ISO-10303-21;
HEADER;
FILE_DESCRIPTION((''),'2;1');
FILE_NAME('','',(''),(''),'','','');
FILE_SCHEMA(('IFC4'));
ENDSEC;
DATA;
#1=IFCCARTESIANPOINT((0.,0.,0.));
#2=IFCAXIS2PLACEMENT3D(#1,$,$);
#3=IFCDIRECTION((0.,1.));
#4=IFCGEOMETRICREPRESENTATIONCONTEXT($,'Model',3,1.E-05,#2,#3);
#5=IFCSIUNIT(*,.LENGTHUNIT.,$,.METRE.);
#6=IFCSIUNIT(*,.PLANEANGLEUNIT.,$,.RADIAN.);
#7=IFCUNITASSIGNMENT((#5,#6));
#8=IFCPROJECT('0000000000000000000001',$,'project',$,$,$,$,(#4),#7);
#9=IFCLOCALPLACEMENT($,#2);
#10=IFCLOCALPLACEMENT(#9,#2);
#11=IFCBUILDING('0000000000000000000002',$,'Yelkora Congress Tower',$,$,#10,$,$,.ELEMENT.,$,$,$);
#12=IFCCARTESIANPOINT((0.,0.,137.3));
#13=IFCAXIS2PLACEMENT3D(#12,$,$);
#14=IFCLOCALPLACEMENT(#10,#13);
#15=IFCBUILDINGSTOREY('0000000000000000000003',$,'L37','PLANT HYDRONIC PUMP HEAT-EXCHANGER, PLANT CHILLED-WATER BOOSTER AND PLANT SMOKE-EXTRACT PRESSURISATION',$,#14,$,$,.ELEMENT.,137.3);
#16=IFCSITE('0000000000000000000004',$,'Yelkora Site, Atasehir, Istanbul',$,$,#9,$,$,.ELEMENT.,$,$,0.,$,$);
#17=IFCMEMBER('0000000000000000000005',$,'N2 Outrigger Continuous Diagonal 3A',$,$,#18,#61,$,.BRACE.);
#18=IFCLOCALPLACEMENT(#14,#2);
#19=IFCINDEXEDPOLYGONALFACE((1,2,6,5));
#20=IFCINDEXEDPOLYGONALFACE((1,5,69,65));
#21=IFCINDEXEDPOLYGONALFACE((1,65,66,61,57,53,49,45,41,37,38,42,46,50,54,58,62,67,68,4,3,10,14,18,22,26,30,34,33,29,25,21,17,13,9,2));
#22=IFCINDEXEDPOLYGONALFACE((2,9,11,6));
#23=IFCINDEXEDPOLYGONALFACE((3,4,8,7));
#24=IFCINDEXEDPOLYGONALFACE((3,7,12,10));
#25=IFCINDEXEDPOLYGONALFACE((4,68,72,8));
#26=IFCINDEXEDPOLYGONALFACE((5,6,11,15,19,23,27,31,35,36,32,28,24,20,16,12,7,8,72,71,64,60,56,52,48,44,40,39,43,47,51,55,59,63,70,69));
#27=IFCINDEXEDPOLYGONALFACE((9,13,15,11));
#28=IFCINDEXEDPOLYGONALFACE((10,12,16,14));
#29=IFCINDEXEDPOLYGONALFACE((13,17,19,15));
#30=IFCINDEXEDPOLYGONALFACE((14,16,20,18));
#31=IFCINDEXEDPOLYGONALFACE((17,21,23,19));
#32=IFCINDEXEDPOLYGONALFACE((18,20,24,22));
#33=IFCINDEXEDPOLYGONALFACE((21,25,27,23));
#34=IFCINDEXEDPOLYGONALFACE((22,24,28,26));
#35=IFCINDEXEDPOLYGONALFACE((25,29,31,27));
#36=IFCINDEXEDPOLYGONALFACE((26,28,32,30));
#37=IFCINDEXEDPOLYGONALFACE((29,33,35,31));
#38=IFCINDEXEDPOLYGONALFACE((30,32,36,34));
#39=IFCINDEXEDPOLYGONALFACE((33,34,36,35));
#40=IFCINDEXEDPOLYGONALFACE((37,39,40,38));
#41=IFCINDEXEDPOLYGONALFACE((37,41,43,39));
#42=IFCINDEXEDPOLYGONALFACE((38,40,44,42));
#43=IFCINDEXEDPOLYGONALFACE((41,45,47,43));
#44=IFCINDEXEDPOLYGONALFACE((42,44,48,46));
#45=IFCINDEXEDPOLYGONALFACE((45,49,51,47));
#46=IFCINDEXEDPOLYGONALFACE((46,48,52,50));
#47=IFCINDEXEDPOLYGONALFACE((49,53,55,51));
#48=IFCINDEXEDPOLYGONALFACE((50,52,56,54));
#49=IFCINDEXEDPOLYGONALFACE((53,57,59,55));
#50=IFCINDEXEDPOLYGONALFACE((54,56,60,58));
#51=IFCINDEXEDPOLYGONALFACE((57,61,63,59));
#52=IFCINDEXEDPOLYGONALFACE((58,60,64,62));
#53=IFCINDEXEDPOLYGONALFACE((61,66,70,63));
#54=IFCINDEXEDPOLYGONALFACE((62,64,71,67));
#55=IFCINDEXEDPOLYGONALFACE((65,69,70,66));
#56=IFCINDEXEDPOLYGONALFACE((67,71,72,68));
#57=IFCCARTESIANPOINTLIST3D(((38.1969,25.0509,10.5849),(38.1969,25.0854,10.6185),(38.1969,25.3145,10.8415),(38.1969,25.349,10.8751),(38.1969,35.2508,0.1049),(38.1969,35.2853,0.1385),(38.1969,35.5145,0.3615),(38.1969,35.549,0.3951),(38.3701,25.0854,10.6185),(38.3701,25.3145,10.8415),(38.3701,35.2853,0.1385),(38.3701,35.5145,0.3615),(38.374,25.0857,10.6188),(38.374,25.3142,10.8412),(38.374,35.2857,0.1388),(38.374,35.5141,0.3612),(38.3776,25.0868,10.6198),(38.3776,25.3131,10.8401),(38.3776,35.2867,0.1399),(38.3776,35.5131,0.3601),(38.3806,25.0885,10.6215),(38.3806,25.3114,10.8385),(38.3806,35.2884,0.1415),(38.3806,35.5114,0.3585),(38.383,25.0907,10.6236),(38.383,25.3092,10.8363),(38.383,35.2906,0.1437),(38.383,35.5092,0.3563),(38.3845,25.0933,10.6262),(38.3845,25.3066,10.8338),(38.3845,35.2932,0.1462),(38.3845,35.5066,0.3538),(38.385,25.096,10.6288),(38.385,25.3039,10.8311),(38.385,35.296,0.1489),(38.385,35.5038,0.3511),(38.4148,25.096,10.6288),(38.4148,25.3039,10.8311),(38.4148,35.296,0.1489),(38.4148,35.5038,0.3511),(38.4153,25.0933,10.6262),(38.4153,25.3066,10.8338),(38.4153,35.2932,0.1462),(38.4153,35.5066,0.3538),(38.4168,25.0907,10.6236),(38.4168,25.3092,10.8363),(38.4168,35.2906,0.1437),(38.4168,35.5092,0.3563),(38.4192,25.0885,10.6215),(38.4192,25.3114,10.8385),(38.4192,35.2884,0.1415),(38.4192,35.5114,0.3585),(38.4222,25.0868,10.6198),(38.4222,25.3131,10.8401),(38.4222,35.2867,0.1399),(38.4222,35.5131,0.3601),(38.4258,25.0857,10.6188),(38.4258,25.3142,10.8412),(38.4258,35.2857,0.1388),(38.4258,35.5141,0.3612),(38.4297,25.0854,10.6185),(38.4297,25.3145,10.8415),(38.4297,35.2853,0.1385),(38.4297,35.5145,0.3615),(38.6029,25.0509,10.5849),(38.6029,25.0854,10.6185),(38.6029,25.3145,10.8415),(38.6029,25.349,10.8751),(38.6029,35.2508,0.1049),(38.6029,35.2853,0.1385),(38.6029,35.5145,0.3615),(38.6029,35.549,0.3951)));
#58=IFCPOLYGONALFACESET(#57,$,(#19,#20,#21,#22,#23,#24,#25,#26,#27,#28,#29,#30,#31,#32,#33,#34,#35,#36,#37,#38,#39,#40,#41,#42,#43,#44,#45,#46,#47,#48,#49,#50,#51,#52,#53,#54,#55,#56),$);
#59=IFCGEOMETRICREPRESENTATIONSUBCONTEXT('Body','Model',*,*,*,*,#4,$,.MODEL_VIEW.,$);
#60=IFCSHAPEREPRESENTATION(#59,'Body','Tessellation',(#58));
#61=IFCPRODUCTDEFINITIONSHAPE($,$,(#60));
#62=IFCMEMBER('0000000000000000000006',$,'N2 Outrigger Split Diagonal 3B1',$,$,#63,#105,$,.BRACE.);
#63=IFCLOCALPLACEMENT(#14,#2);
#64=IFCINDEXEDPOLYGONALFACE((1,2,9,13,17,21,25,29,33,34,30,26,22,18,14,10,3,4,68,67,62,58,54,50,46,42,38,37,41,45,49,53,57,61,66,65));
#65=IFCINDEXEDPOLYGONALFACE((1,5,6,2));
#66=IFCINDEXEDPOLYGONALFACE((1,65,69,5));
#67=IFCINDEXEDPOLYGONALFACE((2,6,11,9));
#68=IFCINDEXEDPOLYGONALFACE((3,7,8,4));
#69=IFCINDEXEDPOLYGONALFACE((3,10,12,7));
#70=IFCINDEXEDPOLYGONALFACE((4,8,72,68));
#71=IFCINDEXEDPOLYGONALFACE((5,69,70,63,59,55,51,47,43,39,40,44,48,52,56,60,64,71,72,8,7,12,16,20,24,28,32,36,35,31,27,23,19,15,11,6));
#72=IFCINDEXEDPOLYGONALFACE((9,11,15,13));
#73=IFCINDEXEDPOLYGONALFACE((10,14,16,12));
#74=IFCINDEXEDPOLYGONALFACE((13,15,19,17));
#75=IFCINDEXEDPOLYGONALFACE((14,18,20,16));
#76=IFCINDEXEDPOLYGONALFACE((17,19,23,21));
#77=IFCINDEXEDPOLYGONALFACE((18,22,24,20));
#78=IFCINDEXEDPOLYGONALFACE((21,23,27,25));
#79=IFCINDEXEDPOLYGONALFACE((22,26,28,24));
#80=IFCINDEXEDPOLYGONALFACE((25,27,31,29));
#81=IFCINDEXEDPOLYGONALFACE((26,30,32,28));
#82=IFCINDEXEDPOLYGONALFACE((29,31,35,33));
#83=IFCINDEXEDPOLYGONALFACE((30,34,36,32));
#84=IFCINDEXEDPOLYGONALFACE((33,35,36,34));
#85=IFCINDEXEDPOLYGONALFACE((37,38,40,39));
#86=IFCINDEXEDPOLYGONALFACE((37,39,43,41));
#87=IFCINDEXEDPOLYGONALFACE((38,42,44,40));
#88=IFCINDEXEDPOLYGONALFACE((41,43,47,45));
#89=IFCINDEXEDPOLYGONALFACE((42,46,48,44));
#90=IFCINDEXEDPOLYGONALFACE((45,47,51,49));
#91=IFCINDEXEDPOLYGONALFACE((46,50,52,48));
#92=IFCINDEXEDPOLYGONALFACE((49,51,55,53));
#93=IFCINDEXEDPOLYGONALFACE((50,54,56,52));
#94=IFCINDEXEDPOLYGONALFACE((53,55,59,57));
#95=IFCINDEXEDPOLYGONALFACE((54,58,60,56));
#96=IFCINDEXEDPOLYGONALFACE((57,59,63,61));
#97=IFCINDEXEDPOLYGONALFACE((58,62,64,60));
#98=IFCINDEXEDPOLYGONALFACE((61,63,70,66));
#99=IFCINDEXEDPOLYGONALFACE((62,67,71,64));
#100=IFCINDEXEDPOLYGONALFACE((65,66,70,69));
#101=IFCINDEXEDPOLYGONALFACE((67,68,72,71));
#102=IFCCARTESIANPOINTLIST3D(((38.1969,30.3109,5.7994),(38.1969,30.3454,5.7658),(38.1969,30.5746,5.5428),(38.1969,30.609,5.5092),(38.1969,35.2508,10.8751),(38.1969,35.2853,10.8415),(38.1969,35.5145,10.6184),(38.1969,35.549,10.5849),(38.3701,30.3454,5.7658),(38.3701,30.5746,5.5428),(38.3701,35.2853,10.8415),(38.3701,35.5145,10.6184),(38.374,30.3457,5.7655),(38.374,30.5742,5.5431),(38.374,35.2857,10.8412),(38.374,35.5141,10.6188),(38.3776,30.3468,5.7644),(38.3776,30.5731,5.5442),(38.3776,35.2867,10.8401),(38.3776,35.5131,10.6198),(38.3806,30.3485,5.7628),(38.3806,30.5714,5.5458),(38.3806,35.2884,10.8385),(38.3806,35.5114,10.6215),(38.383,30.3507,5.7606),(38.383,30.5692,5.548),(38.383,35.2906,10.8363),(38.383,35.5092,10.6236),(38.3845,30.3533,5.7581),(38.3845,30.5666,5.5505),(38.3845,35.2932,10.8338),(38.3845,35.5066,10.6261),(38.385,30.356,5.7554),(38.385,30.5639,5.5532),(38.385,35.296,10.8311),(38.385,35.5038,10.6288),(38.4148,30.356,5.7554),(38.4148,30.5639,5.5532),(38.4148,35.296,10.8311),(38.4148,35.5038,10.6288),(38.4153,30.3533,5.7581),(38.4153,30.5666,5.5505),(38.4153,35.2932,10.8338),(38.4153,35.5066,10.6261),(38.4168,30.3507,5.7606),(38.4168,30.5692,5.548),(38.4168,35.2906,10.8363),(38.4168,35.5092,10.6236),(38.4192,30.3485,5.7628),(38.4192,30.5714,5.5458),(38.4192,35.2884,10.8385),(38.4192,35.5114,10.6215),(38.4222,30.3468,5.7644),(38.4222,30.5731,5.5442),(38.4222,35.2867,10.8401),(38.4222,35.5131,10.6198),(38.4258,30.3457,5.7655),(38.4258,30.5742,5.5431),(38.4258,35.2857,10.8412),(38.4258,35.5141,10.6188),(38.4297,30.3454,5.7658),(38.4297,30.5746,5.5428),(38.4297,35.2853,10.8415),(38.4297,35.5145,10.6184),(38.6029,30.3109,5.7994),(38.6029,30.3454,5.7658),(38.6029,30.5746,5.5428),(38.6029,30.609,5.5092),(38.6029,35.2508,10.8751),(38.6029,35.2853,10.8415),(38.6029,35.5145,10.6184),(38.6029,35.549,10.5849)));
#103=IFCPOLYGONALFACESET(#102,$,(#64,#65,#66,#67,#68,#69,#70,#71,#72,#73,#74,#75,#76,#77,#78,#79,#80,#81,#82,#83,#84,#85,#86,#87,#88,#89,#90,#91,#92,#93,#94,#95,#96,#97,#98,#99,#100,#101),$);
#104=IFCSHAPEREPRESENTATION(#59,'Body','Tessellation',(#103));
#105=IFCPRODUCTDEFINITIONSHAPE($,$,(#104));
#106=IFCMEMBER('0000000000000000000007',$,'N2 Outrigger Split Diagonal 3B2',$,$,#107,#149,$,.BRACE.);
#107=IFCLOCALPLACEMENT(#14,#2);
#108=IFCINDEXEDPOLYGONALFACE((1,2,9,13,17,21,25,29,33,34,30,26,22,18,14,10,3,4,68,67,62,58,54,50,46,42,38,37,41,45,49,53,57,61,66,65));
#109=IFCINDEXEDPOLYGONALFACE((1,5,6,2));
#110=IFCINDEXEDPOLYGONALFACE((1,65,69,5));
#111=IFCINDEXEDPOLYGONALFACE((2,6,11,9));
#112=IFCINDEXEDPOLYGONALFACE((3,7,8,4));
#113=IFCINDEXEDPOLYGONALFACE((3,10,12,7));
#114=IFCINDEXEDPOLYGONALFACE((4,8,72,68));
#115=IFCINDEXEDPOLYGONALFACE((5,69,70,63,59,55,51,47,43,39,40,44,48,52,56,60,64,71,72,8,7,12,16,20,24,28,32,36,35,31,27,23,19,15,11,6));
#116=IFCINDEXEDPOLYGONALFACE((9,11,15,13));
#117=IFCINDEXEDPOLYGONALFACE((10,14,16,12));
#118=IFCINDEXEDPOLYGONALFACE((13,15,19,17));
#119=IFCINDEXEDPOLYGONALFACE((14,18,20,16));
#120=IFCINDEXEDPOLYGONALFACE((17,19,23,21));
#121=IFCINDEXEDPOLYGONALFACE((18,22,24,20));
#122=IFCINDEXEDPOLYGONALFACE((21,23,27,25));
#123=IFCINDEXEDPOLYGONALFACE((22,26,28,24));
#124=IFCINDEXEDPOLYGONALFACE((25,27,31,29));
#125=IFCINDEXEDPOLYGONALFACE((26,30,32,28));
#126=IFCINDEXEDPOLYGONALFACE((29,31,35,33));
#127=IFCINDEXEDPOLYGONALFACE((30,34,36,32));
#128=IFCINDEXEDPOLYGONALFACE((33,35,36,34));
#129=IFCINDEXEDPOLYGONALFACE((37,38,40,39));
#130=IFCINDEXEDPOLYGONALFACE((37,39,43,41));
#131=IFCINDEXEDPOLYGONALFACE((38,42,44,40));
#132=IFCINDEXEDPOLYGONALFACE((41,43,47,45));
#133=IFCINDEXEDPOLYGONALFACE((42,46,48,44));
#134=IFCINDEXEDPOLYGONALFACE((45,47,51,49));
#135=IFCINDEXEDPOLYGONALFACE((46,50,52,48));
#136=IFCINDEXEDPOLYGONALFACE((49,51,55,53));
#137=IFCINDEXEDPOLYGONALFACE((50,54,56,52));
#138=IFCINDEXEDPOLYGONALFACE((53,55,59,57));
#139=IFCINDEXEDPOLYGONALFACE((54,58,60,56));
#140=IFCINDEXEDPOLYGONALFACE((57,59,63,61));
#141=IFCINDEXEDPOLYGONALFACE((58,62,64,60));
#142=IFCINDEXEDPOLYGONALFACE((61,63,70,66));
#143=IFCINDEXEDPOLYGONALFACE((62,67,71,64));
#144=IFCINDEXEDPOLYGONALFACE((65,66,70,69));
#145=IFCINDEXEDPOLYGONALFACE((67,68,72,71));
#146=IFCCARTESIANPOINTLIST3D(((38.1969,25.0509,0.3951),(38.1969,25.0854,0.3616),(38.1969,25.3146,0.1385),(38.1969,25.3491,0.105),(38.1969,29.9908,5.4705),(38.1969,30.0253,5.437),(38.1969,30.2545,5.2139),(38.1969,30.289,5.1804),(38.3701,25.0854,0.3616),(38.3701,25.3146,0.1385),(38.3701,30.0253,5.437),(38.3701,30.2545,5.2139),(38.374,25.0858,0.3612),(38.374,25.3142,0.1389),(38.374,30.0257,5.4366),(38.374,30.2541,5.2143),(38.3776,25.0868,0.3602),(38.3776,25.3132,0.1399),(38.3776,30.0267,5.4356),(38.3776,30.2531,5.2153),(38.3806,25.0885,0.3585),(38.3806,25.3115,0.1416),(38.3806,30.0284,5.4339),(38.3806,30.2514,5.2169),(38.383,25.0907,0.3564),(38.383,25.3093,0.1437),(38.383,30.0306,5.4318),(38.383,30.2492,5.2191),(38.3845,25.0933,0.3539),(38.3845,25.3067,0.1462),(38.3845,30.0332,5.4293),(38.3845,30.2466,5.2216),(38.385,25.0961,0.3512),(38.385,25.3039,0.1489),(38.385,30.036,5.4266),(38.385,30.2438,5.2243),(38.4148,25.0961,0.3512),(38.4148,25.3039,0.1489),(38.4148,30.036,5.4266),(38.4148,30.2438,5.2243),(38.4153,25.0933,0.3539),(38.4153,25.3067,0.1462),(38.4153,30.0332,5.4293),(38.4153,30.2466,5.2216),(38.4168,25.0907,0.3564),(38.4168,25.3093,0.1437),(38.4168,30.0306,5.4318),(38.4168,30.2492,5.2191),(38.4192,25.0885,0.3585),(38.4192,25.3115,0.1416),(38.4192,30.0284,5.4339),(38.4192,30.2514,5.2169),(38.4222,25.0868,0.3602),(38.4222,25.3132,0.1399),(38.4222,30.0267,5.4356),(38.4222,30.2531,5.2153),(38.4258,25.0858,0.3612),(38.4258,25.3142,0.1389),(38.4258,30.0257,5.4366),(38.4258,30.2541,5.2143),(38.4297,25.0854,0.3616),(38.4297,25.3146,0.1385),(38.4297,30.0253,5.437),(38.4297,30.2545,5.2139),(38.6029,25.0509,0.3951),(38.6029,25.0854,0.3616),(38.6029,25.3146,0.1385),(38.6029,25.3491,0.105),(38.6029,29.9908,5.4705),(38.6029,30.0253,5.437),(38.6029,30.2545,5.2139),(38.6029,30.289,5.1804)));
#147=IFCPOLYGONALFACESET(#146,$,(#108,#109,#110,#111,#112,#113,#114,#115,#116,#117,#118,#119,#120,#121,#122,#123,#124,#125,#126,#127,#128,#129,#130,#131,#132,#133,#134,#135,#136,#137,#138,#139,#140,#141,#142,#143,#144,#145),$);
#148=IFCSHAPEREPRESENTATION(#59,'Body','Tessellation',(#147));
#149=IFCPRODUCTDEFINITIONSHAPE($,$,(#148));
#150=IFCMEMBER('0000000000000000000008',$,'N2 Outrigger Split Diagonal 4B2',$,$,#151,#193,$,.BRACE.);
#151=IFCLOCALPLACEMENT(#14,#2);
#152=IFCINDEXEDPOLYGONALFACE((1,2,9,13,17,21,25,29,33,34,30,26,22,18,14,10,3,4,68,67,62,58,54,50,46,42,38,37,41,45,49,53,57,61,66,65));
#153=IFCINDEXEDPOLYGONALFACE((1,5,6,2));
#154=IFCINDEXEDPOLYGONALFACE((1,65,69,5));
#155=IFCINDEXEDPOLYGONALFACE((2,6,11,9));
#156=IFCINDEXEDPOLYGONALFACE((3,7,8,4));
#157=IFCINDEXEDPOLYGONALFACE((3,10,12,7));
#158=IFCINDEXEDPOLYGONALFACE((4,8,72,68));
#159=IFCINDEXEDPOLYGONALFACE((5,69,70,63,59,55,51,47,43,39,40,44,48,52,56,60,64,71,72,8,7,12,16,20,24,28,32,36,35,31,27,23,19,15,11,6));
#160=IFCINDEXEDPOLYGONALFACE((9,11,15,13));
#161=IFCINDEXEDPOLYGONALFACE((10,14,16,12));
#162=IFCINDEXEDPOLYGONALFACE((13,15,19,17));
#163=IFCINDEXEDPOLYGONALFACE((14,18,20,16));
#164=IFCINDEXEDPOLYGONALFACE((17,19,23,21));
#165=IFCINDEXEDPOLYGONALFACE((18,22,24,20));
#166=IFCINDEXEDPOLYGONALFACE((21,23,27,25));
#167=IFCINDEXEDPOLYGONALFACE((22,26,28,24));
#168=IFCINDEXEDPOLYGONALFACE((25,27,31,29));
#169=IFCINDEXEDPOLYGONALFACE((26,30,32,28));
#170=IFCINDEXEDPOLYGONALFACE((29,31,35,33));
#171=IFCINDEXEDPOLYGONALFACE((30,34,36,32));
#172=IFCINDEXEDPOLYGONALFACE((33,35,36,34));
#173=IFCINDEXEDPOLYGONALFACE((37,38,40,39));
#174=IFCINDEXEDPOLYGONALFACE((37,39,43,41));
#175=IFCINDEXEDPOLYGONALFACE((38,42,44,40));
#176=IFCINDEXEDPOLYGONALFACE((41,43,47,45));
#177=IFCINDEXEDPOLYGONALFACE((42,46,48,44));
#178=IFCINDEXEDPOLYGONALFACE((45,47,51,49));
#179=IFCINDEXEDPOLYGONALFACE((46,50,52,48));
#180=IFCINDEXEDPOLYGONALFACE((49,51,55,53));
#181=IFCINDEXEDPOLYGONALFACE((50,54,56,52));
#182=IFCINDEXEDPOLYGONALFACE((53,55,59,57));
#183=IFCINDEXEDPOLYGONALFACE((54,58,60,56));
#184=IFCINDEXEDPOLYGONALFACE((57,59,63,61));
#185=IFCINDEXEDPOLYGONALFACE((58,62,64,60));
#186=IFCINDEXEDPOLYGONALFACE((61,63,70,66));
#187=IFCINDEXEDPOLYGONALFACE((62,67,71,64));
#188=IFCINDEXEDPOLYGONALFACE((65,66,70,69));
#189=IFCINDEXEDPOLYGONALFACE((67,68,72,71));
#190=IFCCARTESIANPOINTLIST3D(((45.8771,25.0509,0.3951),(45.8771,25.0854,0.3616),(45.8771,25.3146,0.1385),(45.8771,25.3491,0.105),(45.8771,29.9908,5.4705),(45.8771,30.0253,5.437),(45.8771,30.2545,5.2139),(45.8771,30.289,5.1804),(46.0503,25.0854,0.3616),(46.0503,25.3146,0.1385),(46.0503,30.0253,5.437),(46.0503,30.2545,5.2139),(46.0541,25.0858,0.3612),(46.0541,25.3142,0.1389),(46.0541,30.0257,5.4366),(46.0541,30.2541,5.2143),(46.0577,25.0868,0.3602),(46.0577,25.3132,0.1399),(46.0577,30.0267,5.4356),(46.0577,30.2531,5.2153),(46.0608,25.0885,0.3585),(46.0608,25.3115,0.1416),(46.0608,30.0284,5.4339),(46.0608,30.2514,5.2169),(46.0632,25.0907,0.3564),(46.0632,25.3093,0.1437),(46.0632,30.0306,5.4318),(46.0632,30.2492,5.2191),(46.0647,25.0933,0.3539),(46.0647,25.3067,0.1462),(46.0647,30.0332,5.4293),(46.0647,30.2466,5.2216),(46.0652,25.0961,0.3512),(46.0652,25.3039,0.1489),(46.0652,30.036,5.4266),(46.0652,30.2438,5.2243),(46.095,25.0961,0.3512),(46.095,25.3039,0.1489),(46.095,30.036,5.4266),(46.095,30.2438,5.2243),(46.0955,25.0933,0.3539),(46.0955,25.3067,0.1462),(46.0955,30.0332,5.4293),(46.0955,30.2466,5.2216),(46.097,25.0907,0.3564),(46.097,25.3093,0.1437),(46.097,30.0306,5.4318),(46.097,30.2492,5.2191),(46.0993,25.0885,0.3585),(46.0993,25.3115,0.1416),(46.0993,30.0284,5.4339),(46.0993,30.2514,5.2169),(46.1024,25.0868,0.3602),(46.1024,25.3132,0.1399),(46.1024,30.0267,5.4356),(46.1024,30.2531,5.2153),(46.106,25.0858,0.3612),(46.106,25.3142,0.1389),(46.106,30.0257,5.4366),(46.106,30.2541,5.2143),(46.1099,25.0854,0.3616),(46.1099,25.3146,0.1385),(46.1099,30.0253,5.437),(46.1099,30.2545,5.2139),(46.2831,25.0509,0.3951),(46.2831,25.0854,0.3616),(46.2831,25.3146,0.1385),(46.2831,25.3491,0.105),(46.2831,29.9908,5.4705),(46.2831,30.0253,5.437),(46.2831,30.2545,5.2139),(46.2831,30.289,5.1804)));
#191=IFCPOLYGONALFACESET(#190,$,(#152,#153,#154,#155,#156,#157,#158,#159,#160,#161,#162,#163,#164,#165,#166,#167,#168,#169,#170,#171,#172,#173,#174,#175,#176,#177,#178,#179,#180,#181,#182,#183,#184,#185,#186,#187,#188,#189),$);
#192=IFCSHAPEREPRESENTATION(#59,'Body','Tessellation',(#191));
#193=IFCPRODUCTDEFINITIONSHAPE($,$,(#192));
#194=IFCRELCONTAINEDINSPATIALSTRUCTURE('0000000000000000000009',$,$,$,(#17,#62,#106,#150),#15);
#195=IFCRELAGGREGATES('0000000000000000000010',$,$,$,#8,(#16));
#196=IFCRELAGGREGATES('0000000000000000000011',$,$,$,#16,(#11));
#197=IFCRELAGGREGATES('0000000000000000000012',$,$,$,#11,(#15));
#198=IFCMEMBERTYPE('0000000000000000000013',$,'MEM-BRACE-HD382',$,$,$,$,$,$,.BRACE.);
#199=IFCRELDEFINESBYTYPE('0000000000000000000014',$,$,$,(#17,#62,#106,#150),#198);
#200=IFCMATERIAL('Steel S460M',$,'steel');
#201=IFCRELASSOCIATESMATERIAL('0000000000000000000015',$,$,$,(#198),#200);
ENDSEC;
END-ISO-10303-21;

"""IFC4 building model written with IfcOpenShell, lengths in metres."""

from ifc_helpers import new_model, si_unit, direction, frame, origin, origin_2d, place, context, subcontext, project, spatial, i_section, extrude, material, material_profile, profile_set, type_object, element, save


model = new_model("IFC4")

# Units and contexts
model_context = context("Model", 3, precision=1e-05, world=origin(), true_north=direction((0.0, 1.0)))
body_context = subcontext(model_context, "Body", "Model", "MODEL_VIEW")
ifc_project = project(units=[si_unit("LENGTHUNIT", "METRE"), si_unit("PLANEANGLEUNIT", "RADIAN")], contexts=[model_context])

# Site, building, storey
site_placement = place(None, origin())
site = spatial("IfcSite", under=ifc_project, at=site_placement, Name="Yelkora Site, Atasehir, Istanbul", CompositionType="ELEMENT", RefElevation=0.0)
building_placement = place(site_placement, origin())
building = spatial("IfcBuilding", under=site, at=building_placement, Name="Yelkora Congress Tower", CompositionType="ELEMENT")
storey_placement = place(building_placement, frame((0.0, 0.0, 137.3)))
storey = spatial("IfcBuildingStorey", under=building, at=storey_placement, Name="L37", Description="PLANT HYDRONIC PUMP HEAT-EXCHANGER, PLANT CHILLED-WATER BOOSTER AND PLANT SMOKE-EXTRACT PRESSURISATION", CompositionType="ELEMENT", Elevation=137.3)

# Shared definitions
ifc_material_1 = material(Name="Steel S460M", Category="steel")

# Members
ifc_material_profile_1 = material_profile(ifc_material_1, i_section(OverallWidth=0.406, OverallDepth=0.416, WebThickness=0.0298, FlangeThickness=0.0481, FilletRadius=0.0149, at=origin_2d()), Name="HD 400x382")
ifc_profile_set_1 = profile_set([ifc_material_profile_1], Name="Steel S460M")
member_type = type_object("IfcMemberType", Name="MEM-BRACE-HD382", PredefinedType="BRACE", material=ifc_profile_set_1)
member_1_placement = place(storey_placement, frame((38.3999, 35.3999, 0.25), z_axis=(0.0, -0.697468, 0.716616), x_axis=(1.0, 0.0, 0.0)))
element("IfcMember", 1, at=member_1_placement, inside=storey, type_object=member_type, Name="N2 Outrigger Continuous Diagonal 3A", PredefinedType="BRACE", context=body_context, shape_type="SweptSolid", body=[
    extrude(i_section(OverallWidth=0.406, OverallDepth=0.416, WebThickness=0.0298, FlangeThickness=0.0481, FilletRadius=0.0149, at=origin_2d()), origin(), (0.0, 0.0, 1.0), 14.6243),
])
member_2_placement = place(storey_placement, frame((38.3999, 35.3999, 10.73), z_axis=(0.0, -0.697459, -0.716624), x_axis=(1.0, 0.0, 0.0)))
element("IfcMember", 2, at=member_2_placement, inside=storey, type_object=member_type, Name="N2 Outrigger Split Diagonal 3B1", PredefinedType="BRACE", context=body_context, shape_type="SweptSolid", body=[
    extrude(i_section(OverallWidth=0.406, OverallDepth=0.416, WebThickness=0.0298, FlangeThickness=0.0481, FilletRadius=0.0149, at=origin_2d()), origin(), (0.0, 0.0, 1.0), 7.0828),
])
for number, where, z_axis, x_axis, name in (
    (3, (38.3999, 30.1399, 5.3254), (0.0, -0.697477, -0.716608), (1.0, 0.0, 0.0), "N2 Outrigger Split Diagonal 3B2"),
    (4, (46.0801, 30.1399, 5.3254), (0.0, -0.697477, -0.716608), (1.0, 0.0, 0.0), "N2 Outrigger Split Diagonal 4B2"),
):
    element("IfcMember", number, at=place(storey_placement, frame(where, z_axis=z_axis, x_axis=x_axis)), inside=storey, type_object=member_type, Name=name, PredefinedType="BRACE", context=body_context, shape_type="SweptSolid", body=[
        extrude(i_section(OverallWidth=0.406, OverallDepth=0.416, WebThickness=0.0298, FlangeThickness=0.0481, FilletRadius=0.0149, at=origin_2d()), origin(), (0.0, 0.0, 1.0), 7.0825),
    ])

save(model, "model.ifc")
